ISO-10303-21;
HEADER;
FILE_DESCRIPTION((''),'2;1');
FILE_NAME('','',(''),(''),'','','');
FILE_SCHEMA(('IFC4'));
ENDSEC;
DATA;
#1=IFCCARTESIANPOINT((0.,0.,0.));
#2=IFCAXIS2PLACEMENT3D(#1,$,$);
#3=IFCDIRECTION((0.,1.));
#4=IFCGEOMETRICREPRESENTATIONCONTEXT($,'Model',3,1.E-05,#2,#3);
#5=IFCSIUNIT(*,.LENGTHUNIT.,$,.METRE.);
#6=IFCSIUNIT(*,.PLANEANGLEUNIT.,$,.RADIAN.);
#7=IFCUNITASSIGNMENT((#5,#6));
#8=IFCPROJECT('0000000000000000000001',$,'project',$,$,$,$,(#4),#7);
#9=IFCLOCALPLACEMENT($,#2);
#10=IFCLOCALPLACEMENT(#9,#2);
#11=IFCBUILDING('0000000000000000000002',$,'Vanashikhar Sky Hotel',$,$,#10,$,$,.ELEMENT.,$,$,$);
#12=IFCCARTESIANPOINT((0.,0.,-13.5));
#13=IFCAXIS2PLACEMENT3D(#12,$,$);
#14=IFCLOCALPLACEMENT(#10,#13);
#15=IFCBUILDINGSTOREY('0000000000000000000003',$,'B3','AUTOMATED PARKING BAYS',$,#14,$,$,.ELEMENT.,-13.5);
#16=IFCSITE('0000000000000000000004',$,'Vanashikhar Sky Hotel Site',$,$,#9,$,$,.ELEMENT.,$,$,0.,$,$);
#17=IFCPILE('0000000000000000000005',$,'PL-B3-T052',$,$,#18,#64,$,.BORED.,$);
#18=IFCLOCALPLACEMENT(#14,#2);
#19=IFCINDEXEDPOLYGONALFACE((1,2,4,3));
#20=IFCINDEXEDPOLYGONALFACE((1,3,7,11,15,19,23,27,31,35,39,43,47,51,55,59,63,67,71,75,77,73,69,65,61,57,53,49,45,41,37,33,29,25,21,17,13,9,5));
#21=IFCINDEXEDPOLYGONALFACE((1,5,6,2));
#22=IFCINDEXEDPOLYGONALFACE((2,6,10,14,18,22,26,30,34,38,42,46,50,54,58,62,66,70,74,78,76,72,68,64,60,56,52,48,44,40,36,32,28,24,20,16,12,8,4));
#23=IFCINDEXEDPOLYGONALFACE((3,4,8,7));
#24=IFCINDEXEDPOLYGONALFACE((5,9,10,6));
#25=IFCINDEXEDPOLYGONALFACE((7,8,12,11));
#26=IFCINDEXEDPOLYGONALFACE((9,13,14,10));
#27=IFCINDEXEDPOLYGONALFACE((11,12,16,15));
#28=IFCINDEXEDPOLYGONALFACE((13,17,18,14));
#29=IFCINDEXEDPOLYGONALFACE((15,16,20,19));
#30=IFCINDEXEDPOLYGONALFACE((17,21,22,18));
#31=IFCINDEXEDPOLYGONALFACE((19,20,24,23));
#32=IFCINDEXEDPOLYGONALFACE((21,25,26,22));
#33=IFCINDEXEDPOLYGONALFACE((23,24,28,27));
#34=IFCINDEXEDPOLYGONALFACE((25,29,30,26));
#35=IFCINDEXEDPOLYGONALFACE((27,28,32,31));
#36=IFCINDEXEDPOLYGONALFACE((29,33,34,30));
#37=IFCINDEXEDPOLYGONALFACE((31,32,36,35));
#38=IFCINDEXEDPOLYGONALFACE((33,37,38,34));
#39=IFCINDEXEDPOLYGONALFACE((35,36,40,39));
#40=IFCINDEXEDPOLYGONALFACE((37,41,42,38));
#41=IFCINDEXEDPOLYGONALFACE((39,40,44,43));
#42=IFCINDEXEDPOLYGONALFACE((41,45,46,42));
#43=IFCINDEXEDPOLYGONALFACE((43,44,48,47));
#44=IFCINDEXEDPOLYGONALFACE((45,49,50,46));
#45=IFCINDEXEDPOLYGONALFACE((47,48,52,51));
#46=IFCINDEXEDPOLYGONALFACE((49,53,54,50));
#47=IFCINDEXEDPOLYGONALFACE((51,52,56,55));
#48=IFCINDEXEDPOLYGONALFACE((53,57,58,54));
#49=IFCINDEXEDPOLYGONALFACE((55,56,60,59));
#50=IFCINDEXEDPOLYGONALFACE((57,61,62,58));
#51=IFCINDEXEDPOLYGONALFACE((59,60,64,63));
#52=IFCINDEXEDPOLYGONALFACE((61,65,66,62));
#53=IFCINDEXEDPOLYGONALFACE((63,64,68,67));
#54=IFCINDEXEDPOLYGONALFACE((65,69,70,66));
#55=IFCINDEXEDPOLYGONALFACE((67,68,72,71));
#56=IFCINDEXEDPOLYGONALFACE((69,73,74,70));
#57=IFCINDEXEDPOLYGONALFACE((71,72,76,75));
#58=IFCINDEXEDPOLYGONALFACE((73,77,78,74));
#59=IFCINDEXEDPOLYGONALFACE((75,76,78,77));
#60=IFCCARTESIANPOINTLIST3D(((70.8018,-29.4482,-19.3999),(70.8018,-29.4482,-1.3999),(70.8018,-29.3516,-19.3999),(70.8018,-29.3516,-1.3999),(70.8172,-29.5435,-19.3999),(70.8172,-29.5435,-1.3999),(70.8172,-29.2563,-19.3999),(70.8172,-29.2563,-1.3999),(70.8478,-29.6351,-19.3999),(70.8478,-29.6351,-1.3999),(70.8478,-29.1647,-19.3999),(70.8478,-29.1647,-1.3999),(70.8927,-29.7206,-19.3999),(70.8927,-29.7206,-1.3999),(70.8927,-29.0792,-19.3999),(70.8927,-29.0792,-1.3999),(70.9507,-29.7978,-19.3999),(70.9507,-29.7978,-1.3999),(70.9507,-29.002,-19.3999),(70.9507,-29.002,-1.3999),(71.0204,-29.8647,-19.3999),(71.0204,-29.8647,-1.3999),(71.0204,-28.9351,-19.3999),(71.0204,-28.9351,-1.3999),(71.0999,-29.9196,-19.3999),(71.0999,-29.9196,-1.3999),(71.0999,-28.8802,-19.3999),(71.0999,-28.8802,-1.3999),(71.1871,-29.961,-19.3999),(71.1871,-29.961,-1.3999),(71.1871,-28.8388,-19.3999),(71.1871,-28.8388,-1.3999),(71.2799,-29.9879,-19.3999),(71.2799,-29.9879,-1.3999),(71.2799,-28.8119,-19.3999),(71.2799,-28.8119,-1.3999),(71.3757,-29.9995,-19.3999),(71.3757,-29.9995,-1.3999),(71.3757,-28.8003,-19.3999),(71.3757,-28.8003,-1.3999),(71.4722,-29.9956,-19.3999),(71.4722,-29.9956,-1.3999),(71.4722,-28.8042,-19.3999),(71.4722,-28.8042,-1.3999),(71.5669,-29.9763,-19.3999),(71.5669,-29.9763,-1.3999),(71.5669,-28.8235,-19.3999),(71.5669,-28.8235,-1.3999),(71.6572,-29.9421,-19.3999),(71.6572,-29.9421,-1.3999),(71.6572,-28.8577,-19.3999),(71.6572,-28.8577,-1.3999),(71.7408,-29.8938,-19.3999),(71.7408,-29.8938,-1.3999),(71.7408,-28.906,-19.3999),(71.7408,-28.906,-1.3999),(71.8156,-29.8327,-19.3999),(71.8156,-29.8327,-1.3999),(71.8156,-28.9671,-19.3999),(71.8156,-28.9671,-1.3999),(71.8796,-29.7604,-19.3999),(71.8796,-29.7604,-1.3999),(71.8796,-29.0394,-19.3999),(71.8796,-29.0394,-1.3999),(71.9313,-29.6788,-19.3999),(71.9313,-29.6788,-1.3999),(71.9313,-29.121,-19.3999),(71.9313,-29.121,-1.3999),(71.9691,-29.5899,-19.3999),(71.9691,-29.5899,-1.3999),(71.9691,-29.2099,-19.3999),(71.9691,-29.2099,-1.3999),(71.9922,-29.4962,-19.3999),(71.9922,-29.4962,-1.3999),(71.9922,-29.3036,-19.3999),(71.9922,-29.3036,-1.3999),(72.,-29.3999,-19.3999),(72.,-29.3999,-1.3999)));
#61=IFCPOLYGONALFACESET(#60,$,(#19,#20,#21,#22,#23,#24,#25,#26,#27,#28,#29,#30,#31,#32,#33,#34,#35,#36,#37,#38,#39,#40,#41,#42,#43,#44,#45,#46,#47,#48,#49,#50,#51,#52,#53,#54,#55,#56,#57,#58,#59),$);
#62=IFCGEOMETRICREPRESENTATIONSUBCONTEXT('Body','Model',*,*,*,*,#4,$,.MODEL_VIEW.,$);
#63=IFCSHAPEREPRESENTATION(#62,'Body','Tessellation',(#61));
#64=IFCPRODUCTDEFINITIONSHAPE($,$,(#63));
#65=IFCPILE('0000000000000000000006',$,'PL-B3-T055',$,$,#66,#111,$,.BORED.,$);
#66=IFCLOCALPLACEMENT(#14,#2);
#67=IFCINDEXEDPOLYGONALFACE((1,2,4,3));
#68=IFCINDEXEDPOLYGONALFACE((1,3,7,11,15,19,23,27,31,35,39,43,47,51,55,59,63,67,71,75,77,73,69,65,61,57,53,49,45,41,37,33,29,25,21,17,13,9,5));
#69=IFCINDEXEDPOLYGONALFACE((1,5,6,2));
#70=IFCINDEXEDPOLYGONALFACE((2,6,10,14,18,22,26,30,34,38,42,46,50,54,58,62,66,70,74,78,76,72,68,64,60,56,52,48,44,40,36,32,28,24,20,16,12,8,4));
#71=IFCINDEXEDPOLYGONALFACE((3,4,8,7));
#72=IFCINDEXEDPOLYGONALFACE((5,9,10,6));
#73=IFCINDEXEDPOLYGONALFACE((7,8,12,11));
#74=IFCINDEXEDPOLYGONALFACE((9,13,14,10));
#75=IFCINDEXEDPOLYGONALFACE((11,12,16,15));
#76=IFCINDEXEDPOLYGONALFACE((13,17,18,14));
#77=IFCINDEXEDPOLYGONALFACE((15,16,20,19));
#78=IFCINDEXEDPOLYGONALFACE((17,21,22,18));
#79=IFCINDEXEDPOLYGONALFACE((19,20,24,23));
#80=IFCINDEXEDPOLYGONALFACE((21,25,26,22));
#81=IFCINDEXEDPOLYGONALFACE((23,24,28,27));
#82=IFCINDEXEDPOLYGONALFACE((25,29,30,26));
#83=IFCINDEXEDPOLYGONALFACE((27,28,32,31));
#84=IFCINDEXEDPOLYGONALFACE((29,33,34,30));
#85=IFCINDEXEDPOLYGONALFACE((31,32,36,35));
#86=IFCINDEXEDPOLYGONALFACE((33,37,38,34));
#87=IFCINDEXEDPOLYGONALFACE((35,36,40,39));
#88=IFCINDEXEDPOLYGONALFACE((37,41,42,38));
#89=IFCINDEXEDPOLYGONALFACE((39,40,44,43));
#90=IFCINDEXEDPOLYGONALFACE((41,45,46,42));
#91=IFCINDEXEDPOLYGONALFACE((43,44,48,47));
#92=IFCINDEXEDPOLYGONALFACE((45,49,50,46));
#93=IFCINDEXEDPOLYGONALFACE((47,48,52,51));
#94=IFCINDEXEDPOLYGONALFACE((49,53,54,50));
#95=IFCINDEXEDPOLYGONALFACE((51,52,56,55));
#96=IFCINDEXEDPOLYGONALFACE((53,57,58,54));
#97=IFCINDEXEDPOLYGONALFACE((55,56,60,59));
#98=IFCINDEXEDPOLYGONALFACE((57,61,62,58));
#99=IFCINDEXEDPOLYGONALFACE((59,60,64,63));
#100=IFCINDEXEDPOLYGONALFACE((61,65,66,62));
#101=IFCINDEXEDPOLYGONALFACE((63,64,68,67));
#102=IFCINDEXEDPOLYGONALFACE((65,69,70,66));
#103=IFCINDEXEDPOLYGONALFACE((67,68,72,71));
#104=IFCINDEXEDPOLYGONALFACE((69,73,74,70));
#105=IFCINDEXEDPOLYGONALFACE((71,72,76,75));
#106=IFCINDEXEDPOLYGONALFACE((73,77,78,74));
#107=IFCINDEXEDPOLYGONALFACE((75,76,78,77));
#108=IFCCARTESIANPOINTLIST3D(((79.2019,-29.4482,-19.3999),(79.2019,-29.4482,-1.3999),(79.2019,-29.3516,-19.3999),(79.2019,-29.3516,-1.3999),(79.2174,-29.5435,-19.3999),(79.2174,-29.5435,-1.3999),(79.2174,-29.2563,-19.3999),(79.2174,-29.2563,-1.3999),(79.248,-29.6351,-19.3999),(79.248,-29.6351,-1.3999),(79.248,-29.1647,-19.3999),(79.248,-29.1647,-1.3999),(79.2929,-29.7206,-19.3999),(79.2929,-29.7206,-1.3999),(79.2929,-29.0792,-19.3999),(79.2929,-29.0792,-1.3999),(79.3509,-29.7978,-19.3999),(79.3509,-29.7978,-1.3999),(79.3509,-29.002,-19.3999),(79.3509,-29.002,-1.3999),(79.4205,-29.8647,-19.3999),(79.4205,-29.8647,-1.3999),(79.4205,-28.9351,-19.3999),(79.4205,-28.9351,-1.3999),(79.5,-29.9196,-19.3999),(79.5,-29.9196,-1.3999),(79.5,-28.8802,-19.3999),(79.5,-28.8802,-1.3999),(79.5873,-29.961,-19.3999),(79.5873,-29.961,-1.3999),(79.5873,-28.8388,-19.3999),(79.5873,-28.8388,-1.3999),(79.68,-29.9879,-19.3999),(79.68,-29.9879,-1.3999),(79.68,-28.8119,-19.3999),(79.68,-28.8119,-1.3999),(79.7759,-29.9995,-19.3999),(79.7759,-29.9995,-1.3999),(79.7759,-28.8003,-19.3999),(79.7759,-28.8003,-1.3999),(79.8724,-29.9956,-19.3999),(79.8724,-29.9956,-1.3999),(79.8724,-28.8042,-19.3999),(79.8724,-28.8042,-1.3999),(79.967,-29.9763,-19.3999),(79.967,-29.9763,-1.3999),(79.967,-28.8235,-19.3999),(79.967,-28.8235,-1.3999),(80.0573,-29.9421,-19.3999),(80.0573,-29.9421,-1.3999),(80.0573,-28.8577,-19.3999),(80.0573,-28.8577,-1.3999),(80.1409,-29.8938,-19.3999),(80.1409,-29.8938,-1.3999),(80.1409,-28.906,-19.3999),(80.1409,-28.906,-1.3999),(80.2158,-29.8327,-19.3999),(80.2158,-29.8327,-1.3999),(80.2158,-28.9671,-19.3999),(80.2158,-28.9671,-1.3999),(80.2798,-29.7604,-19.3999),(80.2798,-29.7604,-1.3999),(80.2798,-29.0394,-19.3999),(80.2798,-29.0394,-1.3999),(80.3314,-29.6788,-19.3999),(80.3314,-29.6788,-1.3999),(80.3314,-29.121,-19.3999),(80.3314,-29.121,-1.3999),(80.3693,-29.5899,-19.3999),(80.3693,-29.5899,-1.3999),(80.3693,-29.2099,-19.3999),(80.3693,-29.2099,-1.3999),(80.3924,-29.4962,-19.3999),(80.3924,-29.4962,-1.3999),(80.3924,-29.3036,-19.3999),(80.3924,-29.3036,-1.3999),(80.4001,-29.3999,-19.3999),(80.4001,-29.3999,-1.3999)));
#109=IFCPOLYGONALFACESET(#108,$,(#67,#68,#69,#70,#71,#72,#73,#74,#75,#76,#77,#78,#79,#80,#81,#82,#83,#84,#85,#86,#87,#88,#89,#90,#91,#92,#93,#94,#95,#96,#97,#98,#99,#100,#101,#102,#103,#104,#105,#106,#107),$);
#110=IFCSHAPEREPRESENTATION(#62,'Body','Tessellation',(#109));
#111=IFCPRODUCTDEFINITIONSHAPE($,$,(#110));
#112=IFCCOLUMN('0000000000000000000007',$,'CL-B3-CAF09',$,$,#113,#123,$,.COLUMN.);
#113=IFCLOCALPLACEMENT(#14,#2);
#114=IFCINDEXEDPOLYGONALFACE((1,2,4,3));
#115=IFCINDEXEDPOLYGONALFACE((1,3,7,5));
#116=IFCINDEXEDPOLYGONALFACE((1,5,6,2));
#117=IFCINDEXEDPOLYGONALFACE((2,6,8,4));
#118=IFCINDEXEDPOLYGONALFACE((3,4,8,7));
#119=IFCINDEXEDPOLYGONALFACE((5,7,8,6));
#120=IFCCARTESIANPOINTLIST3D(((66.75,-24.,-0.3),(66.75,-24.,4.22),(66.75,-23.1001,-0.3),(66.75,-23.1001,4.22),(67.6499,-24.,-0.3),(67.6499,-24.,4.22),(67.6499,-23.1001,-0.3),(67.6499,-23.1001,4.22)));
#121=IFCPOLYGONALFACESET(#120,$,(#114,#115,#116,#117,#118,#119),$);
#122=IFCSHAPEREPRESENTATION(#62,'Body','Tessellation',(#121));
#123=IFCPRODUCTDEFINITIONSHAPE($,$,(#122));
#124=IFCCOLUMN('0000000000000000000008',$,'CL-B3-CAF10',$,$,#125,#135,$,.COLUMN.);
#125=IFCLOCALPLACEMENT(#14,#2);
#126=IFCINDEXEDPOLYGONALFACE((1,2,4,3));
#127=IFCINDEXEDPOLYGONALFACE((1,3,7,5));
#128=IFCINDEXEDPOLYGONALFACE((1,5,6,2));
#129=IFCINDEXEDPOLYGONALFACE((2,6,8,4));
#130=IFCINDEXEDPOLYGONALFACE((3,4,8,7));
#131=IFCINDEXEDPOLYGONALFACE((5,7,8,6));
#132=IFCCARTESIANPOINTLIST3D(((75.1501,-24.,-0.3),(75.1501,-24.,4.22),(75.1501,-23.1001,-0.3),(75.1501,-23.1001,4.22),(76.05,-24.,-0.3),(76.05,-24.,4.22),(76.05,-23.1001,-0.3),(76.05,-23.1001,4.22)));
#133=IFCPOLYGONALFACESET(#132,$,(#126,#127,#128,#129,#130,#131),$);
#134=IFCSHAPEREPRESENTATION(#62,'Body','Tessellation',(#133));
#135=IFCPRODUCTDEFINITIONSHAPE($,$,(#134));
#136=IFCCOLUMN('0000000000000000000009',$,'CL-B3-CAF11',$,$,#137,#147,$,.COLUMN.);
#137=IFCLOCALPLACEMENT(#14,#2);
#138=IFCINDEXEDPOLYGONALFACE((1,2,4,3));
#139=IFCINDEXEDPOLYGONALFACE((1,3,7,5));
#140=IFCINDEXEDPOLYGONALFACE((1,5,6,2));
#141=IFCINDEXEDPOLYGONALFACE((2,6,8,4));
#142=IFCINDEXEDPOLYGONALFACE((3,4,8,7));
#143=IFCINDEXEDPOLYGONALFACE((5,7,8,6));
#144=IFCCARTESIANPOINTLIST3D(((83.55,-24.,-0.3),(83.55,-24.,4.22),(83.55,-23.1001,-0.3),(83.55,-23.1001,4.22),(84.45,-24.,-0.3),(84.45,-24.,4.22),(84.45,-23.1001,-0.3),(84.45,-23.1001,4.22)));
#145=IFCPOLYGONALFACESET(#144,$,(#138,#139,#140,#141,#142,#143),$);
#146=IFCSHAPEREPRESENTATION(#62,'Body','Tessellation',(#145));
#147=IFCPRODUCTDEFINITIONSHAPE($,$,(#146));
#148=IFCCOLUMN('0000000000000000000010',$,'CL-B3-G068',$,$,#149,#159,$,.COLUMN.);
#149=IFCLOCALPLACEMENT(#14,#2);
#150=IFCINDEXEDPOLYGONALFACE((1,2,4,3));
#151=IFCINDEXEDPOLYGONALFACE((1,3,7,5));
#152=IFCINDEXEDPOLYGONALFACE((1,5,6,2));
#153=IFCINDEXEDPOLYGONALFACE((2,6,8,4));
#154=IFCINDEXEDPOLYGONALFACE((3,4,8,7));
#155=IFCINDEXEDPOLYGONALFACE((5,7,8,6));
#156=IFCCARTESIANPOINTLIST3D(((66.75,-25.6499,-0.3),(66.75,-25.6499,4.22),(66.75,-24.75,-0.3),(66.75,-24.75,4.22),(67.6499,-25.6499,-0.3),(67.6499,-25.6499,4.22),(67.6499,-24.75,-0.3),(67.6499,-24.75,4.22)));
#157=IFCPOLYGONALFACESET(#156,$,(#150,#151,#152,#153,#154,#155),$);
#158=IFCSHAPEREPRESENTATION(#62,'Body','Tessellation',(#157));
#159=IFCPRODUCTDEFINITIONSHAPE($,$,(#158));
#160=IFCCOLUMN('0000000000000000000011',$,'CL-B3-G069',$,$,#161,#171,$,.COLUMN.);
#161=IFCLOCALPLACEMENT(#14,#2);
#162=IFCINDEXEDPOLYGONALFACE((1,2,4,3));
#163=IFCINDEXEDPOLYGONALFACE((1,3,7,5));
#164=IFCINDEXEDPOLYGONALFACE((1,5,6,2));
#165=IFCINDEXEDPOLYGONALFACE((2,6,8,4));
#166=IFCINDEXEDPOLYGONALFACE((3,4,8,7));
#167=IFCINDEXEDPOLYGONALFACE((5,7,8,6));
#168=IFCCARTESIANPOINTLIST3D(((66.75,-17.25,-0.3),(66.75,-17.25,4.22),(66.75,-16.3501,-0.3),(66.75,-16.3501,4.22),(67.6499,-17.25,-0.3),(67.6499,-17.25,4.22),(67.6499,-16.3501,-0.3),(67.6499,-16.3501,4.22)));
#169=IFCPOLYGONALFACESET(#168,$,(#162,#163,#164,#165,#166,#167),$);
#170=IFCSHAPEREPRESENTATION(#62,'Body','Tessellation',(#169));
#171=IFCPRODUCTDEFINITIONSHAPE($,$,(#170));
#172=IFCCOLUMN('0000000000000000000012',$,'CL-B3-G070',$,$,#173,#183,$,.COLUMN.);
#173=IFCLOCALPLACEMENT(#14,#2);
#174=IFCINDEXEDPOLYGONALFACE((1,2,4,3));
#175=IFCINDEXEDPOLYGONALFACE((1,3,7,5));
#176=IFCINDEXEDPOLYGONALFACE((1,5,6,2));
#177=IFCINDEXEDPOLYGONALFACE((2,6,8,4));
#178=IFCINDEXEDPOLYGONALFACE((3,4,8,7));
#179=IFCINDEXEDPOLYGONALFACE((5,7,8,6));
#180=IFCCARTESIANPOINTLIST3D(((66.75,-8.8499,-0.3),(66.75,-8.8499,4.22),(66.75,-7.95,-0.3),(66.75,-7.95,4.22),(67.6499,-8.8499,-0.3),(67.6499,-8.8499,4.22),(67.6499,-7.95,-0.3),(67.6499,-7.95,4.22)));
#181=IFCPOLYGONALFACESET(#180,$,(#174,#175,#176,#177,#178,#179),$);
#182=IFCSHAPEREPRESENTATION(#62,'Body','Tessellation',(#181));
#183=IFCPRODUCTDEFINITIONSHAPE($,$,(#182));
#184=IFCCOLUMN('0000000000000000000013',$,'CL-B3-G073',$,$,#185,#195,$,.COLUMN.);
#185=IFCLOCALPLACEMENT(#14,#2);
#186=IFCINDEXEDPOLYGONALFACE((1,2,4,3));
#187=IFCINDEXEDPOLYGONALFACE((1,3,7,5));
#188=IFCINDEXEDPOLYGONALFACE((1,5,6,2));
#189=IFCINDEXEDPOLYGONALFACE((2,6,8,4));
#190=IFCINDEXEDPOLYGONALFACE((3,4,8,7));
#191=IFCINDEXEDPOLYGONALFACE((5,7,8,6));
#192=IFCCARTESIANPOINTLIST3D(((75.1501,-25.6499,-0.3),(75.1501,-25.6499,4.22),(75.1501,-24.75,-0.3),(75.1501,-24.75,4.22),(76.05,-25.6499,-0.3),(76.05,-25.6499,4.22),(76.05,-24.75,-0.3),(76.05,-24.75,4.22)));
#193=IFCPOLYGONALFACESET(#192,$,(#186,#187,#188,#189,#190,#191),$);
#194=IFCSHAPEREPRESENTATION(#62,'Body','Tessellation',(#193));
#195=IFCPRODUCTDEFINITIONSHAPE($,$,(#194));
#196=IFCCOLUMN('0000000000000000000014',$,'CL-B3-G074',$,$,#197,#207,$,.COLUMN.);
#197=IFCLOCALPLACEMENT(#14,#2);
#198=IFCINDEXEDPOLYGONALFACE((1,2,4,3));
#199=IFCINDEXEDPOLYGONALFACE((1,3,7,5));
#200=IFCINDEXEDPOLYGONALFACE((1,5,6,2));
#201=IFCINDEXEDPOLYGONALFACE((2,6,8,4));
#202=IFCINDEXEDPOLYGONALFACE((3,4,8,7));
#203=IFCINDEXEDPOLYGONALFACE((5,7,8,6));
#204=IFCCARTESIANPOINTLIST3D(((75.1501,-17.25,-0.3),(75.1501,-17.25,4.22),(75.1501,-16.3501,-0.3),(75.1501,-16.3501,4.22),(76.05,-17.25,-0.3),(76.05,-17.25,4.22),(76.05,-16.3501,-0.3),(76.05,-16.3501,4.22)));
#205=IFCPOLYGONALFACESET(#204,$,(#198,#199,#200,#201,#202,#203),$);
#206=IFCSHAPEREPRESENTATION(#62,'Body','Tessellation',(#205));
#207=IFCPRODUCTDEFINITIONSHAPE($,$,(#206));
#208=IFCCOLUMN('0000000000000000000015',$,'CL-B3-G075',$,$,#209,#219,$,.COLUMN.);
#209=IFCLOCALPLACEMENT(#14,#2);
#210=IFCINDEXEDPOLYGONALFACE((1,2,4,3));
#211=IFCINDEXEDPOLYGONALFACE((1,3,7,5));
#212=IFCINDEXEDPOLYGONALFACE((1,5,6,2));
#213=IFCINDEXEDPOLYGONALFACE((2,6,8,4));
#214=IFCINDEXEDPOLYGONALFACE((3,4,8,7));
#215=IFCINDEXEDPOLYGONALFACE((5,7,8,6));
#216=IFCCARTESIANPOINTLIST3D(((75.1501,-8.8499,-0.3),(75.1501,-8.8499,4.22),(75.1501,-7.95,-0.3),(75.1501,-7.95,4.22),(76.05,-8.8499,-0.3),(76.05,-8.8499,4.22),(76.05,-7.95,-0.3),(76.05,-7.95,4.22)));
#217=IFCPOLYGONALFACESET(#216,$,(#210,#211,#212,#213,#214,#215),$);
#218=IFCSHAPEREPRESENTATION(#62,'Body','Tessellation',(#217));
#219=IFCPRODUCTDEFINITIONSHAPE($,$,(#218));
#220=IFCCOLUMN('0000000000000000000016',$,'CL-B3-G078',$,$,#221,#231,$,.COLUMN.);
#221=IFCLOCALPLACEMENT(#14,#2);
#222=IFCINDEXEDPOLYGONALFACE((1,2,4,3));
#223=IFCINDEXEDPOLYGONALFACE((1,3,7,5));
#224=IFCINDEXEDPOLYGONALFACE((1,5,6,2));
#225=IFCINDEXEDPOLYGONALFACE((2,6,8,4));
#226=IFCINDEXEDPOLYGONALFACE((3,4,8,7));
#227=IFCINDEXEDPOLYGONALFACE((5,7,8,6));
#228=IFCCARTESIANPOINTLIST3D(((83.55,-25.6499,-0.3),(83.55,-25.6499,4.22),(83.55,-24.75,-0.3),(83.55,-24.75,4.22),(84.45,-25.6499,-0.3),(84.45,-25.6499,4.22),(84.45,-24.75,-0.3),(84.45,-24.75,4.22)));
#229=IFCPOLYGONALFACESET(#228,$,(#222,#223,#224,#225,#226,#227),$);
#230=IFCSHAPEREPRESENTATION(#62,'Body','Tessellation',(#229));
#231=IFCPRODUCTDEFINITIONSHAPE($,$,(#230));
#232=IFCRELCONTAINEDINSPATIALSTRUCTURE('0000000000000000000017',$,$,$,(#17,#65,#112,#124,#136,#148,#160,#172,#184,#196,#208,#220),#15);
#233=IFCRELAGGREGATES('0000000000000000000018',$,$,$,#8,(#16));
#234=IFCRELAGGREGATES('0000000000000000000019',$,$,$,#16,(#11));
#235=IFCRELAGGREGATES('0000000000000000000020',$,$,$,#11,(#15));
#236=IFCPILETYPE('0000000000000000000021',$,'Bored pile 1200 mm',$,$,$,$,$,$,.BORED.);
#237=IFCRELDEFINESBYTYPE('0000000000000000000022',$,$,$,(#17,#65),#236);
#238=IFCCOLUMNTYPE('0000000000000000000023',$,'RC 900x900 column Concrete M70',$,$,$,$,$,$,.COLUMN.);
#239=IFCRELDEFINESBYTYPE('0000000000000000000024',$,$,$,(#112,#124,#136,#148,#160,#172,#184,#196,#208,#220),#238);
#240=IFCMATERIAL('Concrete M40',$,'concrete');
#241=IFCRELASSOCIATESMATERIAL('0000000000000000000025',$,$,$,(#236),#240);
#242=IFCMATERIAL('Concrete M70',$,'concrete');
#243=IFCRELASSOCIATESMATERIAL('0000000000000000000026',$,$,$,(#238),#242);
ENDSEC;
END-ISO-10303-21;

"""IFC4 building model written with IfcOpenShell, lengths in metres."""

from ifc_helpers import new_model, si_unit, direction, frame, origin, origin_2d, place, context, subcontext, project, spatial, rectangle, circle, extrude, source, transform, mapped, material, material_profile, profile_set, type_object, element, save


model = new_model("IFC4")

# Units and contexts
model_context = context("Model", 3, precision=1e-05, world=origin(), true_north=direction((0.0, 1.0)))
body_context = subcontext(model_context, "Body", "Model", "MODEL_VIEW")
ifc_project = project(units=[si_unit("LENGTHUNIT", "METRE"), si_unit("PLANEANGLEUNIT", "RADIAN")], contexts=[model_context])

# Site, building, storey
site_placement = place(None, origin())
site = spatial("IfcSite", under=ifc_project, at=site_placement, Name="Vanashikhar Sky Hotel Site", CompositionType="ELEMENT", RefElevation=0.0)
building_placement = place(site_placement, origin())
building = spatial("IfcBuilding", under=site, at=building_placement, Name="Vanashikhar Sky Hotel", CompositionType="ELEMENT")
storey_placement = place(building_placement, frame((0.0, 0.0, -13.5)))
storey = spatial("IfcBuildingStorey", under=building, at=storey_placement, Name="B3", Description="AUTOMATED PARKING BAYS", CompositionType="ELEMENT", Elevation=-13.5)

# Piles
ifc_material_1 = material(Name="Concrete M40", Category="concrete")
pile_type_1 = type_object("IfcPileType", Name="Bored pile 1200 mm", PredefinedType="BORED", material=ifc_material_1)
shared_shape_1 = source(origin(), body_context, "Body", "SweptSolid", [
    extrude(circle(Radius=0.6001, at=origin_2d()), origin(), (0.0, 0.0, 1.0), 18.0),
])
for number, where, z_axis, x_axis, name in (
    (1, (71.3999, -29.3999, -1.3999), (0.0, 0.0, -1.0), (1.0, 0.0, 0.0), "PL-B3-T052"),
    (2, (79.8, -29.3999, -1.3999), (0.0, 0.0, -1.0), (1.0, 0.0, 0.0), "PL-B3-T055"),
):
    element("IfcPile", number, at=place(storey_placement, frame(where, z_axis=z_axis, x_axis=x_axis)), inside=storey, type_object=pile_type_1, Name=name, PredefinedType="BORED", context=body_context, shape_type="MappedRepresentation", body=[
        mapped(shared_shape_1, transform((0.0, 0.0, 0.0), scale=1.0)),
    ])

# Columns
ifc_material_2 = material(Name="Concrete M70", Category="concrete")
ifc_material_profile = material_profile(ifc_material_2, rectangle(XDim=0.8999, YDim=0.8999, at=origin_2d()))
ifc_profile_set = profile_set([ifc_material_profile], Name="RC 900x900 column Concrete M70")
column_type = type_object("IfcColumnType", Name="RC 900x900 column Concrete M70", PredefinedType="COLUMN", material=ifc_profile_set)
shared_shape_2 = source(origin(), body_context, "Body", "SweptSolid", [
    extrude(rectangle(XDim=0.8999, YDim=0.8999, at=origin_2d()), origin(), (0.0, 0.0, 1.0), 4.52),
])
for number, where, z_axis, x_axis, name in (
    (3, (67.2, -23.55, -0.3), (0.0, 0.0, 1.0), (1.0, 0.0, 0.0), "CL-B3-CAF09"),
    (4, (75.6001, -23.55, -0.3), (0.0, 0.0, 1.0), (1.0, 0.0, 0.0), "CL-B3-CAF10"),
    (5, (84.0, -23.55, -0.3), (0.0, 0.0, 1.0), (1.0, 0.0, 0.0), "CL-B3-CAF11"),
    (6, (67.2, -25.2, -0.3), (0.0, 0.0, 1.0), (1.0, 0.0, 0.0), "CL-B3-G068"),
    (7, (67.2, -16.8, -0.3), (0.0, 0.0, 1.0), (1.0, 0.0, 0.0), "CL-B3-G069"),
    (8, (67.2, -8.3999, -0.3), (0.0, 0.0, 1.0), (1.0, 0.0, 0.0), "CL-B3-G070"),
    (9, (75.6001, -25.2, -0.3), (0.0, 0.0, 1.0), (1.0, 0.0, 0.0), "CL-B3-G073"),
    (10, (75.6001, -16.8, -0.3), (0.0, 0.0, 1.0), (1.0, 0.0, 0.0), "CL-B3-G074"),
    (11, (75.6001, -8.3999, -0.3), (0.0, 0.0, 1.0), (1.0, 0.0, 0.0), "CL-B3-G075"),
    (12, (84.0, -25.2, -0.3), (0.0, 0.0, 1.0), (1.0, 0.0, 0.0), "CL-B3-G078"),
):
    element("IfcColumn", number, at=place(storey_placement, frame(where, z_axis=z_axis, x_axis=x_axis)), inside=storey, type_object=column_type, Name=name, PredefinedType="COLUMN", context=body_context, shape_type="MappedRepresentation", body=[
        mapped(shared_shape_2, transform((0.0, 0.0, 0.0), scale=1.0)),
    ])

save(model, "model.ifc")
